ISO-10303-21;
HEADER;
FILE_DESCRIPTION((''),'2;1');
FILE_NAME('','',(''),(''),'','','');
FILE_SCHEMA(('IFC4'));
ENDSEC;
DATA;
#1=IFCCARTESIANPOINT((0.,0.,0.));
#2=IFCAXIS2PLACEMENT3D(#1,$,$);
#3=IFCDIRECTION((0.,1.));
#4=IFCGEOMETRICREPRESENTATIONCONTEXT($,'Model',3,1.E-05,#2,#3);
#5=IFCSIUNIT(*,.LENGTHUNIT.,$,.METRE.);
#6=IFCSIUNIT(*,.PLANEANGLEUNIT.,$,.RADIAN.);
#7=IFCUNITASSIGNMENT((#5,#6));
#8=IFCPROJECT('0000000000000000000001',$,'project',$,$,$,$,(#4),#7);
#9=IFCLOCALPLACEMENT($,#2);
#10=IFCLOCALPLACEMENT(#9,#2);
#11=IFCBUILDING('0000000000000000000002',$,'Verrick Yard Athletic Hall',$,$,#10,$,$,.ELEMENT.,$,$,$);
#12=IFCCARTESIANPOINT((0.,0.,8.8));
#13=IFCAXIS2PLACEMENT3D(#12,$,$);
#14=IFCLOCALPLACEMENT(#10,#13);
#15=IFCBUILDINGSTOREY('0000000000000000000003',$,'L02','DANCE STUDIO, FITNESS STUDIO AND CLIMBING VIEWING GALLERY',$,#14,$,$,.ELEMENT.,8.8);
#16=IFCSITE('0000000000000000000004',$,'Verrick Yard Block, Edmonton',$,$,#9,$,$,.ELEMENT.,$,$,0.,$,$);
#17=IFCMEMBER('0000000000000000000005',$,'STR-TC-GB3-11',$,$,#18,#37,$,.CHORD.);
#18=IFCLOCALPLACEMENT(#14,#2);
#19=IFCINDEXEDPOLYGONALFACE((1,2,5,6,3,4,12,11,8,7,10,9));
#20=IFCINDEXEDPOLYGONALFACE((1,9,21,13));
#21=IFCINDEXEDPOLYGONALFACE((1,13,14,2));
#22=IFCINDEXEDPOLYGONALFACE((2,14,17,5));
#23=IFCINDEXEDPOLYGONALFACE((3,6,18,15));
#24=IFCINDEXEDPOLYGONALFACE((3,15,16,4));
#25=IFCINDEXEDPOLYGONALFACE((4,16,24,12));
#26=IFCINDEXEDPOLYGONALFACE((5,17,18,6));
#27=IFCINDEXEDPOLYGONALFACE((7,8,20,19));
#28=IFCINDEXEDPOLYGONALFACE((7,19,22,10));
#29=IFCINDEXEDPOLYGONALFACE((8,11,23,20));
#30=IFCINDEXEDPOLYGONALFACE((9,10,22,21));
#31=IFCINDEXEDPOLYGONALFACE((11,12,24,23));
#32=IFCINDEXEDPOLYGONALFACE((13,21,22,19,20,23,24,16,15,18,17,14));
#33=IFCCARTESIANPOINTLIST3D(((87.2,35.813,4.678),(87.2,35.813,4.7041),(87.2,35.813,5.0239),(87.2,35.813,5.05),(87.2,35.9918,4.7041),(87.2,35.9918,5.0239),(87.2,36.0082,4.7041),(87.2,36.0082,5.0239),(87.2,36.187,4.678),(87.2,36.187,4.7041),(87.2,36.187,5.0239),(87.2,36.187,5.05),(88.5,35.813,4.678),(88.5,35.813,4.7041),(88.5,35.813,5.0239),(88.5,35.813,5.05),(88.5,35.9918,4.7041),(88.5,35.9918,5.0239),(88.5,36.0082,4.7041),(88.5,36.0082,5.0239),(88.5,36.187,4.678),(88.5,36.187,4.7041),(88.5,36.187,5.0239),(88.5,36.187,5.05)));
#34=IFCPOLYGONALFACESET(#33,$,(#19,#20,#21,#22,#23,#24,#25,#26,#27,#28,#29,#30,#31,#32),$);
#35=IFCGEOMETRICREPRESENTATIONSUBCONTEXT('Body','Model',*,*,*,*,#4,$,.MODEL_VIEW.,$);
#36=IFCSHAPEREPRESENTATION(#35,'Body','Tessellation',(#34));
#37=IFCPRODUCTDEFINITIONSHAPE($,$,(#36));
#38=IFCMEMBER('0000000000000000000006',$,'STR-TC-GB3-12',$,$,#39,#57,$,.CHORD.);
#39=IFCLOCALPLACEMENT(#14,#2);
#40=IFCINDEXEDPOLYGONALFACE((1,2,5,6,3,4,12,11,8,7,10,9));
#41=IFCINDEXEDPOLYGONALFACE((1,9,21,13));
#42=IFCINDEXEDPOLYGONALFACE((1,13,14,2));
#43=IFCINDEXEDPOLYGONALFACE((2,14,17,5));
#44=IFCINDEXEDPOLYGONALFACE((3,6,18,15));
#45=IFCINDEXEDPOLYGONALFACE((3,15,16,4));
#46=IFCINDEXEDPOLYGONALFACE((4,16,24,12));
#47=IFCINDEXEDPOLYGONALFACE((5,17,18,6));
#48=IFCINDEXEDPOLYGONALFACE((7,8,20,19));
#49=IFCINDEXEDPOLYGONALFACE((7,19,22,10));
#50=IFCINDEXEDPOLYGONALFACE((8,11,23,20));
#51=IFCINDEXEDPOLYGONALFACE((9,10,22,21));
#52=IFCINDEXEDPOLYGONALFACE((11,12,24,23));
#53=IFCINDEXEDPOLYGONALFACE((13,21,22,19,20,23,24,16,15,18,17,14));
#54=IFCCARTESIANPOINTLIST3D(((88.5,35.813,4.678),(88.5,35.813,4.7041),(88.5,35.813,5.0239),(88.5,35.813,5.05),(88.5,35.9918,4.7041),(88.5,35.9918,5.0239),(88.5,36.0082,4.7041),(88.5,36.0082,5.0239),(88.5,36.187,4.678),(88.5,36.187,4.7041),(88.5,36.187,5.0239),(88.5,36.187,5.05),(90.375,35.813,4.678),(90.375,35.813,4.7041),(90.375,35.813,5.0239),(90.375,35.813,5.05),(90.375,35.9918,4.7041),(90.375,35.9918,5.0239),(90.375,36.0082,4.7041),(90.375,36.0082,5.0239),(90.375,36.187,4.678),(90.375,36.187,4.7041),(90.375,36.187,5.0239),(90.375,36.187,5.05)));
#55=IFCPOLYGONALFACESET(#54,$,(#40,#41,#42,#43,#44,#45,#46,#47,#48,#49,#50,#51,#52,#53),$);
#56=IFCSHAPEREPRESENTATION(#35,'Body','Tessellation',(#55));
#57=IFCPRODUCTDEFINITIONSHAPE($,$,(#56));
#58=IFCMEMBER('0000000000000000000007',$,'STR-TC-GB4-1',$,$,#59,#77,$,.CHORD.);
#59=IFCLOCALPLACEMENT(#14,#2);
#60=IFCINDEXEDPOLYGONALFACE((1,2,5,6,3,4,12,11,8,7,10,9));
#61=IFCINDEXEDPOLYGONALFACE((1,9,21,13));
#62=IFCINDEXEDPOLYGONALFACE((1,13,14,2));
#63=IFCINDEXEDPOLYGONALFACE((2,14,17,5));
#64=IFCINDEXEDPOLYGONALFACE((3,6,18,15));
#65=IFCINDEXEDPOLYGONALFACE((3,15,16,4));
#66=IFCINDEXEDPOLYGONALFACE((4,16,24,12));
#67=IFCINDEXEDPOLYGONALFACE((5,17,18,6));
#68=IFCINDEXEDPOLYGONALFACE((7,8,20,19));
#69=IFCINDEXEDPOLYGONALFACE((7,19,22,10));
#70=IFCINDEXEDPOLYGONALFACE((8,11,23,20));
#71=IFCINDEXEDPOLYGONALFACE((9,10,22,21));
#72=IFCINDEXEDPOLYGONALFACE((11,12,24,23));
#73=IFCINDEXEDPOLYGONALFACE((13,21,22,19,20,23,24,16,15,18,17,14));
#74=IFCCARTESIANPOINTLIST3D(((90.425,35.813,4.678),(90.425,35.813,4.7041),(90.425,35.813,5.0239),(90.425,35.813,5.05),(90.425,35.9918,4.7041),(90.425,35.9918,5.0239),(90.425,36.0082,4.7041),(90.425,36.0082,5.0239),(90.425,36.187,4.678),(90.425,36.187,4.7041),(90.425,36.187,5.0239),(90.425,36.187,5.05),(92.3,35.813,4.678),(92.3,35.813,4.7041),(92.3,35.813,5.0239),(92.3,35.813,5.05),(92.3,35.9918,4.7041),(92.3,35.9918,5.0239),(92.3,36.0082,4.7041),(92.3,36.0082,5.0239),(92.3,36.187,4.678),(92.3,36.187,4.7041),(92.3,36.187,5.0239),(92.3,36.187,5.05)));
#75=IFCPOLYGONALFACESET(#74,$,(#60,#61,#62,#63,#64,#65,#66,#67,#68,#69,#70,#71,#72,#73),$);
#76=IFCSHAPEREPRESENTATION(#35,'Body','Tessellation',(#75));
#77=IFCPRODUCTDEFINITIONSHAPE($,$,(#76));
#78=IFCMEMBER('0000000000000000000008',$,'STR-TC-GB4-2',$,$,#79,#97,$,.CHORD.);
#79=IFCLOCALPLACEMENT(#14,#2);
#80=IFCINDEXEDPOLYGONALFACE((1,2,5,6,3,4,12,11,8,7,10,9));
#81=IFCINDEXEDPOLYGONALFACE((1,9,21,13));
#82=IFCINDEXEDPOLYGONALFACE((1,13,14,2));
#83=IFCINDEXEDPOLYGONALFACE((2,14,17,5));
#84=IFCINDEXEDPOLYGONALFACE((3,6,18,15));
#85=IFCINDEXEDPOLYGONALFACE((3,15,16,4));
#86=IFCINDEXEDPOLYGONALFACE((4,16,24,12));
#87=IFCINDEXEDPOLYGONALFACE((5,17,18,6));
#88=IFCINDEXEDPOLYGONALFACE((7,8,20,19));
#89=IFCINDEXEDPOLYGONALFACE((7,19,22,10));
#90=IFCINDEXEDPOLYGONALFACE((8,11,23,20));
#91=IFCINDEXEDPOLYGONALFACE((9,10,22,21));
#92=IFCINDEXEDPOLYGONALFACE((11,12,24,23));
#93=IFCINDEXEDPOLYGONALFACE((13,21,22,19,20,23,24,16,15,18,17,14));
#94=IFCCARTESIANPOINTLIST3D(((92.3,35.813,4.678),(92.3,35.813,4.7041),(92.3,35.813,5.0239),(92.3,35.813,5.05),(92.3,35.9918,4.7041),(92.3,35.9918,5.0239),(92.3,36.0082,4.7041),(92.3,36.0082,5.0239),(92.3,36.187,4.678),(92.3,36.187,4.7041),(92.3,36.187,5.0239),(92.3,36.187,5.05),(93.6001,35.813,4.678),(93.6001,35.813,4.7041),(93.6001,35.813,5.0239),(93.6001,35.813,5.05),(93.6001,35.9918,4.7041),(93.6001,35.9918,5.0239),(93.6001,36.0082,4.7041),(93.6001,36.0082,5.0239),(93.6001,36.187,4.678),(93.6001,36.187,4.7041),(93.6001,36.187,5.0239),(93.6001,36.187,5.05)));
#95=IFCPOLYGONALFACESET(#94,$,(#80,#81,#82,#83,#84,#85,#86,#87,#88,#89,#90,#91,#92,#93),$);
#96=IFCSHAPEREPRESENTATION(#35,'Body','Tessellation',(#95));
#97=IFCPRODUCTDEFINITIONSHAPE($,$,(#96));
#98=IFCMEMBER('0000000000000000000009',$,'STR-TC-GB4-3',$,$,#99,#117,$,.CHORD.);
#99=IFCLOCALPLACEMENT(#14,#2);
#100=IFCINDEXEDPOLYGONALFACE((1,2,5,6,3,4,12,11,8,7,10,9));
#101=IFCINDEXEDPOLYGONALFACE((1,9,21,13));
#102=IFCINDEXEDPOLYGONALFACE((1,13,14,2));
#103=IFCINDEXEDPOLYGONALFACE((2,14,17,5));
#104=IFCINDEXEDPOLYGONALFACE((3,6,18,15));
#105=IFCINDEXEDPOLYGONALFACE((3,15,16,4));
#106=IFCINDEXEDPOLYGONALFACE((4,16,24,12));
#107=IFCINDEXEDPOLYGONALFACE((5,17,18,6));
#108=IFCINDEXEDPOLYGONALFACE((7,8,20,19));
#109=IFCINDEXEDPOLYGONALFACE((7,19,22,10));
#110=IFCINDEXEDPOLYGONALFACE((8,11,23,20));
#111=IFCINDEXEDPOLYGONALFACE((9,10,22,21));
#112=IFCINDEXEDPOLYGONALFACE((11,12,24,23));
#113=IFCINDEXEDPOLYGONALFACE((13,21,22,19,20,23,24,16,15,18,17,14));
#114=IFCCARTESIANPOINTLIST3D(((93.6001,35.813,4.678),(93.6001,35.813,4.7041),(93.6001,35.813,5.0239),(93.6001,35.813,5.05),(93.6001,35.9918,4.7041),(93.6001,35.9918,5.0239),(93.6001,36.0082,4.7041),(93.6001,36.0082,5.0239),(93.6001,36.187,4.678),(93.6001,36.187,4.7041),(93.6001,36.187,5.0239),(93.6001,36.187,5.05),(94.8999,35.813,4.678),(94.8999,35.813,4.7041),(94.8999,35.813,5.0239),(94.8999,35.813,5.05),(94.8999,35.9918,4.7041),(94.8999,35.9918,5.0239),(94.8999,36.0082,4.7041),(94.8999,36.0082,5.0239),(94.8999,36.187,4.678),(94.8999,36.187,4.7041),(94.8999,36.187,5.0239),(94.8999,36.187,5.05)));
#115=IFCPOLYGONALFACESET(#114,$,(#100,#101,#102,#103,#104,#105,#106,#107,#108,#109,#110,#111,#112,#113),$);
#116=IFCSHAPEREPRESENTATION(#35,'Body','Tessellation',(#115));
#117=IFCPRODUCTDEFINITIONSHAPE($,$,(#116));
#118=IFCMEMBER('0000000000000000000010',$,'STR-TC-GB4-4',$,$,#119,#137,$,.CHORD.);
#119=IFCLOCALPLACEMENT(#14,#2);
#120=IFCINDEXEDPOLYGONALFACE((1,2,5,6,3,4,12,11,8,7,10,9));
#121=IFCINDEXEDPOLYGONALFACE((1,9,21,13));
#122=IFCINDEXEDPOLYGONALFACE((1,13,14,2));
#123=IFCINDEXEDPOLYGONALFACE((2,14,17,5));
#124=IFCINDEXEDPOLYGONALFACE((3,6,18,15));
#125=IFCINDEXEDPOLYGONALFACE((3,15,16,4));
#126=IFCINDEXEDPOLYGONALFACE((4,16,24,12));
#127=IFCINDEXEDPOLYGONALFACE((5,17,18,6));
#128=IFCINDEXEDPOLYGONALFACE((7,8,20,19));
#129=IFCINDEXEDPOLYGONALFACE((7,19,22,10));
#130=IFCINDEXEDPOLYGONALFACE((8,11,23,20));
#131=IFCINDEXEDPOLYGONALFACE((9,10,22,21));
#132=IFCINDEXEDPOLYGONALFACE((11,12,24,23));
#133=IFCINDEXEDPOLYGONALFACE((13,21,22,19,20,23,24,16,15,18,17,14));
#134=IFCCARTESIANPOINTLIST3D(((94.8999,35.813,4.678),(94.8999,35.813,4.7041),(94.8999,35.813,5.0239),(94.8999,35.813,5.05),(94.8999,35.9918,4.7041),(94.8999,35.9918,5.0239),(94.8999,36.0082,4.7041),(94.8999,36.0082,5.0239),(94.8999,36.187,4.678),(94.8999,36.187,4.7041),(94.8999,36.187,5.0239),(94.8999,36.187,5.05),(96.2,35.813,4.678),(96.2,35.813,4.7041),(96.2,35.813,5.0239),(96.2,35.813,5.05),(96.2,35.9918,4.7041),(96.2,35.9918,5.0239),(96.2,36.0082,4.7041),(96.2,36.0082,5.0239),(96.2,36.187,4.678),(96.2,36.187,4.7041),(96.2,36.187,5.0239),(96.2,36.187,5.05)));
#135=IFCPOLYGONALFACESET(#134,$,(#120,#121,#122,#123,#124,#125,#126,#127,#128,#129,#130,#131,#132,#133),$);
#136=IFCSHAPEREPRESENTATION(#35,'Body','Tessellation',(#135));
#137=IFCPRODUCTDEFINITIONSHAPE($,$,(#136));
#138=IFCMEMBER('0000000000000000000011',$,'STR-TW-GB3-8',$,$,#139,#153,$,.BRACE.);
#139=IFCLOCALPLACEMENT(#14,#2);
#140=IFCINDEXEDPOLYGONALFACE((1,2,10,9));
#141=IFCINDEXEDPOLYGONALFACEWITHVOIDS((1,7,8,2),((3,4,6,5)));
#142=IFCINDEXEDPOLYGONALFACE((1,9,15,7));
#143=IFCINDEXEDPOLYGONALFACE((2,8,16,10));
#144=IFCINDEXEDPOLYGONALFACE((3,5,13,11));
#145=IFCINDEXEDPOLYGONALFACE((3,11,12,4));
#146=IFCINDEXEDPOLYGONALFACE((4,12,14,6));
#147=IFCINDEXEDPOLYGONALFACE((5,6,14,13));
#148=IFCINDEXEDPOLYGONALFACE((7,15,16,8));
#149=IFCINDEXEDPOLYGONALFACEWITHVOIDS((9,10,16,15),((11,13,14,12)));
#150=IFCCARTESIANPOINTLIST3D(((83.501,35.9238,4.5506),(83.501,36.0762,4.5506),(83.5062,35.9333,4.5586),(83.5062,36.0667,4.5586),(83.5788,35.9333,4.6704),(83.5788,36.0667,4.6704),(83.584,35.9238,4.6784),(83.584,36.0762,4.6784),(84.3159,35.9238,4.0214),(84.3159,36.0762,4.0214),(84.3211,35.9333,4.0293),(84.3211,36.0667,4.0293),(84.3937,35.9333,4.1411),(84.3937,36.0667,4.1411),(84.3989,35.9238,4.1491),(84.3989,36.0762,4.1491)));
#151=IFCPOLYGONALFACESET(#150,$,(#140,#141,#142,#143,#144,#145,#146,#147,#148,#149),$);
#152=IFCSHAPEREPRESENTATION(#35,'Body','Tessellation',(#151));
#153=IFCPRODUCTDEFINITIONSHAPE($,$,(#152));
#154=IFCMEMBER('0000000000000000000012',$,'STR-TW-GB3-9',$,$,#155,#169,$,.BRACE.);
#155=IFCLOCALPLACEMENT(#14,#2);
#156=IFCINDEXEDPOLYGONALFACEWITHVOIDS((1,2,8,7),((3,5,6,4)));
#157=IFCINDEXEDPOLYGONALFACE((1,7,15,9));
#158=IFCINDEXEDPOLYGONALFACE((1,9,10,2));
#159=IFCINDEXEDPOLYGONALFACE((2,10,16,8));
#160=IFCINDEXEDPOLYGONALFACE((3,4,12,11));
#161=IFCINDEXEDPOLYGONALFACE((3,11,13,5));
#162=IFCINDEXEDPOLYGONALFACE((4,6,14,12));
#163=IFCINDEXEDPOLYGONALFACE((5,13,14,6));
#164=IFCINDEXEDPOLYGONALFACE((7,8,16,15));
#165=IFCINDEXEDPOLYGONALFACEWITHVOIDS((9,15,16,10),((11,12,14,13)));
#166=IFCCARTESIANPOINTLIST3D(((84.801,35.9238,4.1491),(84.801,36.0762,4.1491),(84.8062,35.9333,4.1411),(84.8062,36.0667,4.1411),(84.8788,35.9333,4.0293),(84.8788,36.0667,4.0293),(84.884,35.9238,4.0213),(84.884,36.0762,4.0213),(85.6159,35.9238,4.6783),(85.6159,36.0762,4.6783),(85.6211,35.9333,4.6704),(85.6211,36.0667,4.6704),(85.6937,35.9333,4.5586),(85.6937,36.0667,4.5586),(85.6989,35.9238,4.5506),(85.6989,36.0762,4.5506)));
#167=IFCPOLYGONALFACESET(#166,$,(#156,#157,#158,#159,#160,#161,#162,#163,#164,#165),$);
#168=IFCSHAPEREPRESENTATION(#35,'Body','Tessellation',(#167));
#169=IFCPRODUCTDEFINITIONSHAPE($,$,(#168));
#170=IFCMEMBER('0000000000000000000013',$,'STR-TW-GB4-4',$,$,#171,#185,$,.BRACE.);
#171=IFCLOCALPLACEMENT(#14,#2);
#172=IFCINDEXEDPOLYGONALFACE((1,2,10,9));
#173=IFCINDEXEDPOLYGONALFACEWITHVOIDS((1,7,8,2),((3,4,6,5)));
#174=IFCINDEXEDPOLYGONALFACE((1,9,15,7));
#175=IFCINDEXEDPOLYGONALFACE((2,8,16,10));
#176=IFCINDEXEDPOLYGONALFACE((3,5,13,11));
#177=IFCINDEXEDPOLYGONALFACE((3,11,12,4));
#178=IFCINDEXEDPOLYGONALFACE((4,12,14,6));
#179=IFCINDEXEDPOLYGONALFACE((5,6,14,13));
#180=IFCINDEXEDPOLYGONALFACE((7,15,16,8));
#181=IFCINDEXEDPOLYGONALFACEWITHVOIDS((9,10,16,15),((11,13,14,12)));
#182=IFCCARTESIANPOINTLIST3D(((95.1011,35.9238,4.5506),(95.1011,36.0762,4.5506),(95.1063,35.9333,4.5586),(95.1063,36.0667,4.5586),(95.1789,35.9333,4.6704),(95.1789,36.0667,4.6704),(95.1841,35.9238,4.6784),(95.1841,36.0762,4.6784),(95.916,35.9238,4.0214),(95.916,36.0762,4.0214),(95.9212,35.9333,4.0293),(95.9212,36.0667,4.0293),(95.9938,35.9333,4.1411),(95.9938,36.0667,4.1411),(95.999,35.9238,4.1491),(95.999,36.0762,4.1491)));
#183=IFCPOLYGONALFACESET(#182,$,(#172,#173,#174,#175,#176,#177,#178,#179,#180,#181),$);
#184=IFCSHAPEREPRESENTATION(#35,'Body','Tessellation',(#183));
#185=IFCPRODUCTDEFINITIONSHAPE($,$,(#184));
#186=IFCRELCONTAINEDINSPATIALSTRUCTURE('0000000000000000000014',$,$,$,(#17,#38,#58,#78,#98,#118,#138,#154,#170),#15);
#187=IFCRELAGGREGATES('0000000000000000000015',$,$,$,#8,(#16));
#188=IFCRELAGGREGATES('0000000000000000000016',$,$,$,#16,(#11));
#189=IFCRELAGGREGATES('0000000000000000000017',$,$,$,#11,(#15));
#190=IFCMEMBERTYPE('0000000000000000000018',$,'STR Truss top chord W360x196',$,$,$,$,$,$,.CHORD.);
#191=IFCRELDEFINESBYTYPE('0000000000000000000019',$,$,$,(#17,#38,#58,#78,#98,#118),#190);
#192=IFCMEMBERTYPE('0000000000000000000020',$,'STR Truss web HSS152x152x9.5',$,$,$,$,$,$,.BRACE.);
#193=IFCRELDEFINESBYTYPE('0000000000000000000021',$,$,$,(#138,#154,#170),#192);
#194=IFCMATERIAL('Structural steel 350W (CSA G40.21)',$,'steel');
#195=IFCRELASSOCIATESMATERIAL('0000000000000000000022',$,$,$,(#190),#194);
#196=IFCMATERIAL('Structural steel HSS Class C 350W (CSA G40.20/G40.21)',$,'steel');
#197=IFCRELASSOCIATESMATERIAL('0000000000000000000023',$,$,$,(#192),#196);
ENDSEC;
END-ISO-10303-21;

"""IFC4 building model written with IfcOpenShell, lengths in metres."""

from ifc_helpers import new_model, si_unit, direction, frame, origin, origin_2d, place, context, subcontext, project, spatial, hollow_rectangle, i_section, extrude, material, material_profile, profile_set, type_object, element, save


model = new_model("IFC4")

# Units and contexts
model_context = context("Model", 3, precision=1e-05, world=origin(), true_north=direction((0.0, 1.0)))
body_context = subcontext(model_context, "Body", "Model", "MODEL_VIEW")
ifc_project = project(units=[si_unit("LENGTHUNIT", "METRE"), si_unit("PLANEANGLEUNIT", "RADIAN")], contexts=[model_context])

# Site, building, storey
site_placement = place(None, origin())
site = spatial("IfcSite", under=ifc_project, at=site_placement, Name="Verrick Yard Block, Edmonton", CompositionType="ELEMENT", RefElevation=0.0)
building_placement = place(site_placement, origin())
building = spatial("IfcBuilding", under=site, at=building_placement, Name="Verrick Yard Athletic Hall", CompositionType="ELEMENT")
storey_placement = place(building_placement, frame((0.0, 0.0, 8.8)))
storey = spatial("IfcBuildingStorey", under=building, at=storey_placement, Name="L02", Description="DANCE STUDIO, FITNESS STUDIO AND CLIMBING VIEWING GALLERY", CompositionType="ELEMENT", Elevation=8.8)

# Shared definitions
ifc_material_1 = material(Name="Structural steel 350W (CSA G40.21)", Category="steel")

# Members
ifc_material_2 = material(Name="Structural steel HSS Class C 350W (CSA G40.20/G40.21)", Category="steel")
ifc_material_profile_1 = material_profile(ifc_material_1, i_section(OverallWidth=0.374, OverallDepth=0.3721, WebThickness=0.0164, FlangeThickness=0.0261, at=origin_2d()), Name="W360x196")
ifc_profile_set_1 = profile_set([ifc_material_profile_1], Name="Structural steel 350W (CSA G40.21)")
member_type_1 = type_object("IfcMemberType", Name="STR Truss top chord W360x196", PredefinedType="CHORD", material=ifc_profile_set_1)
for number, where, z_axis, x_axis, name in (
    (1, (87.2, 36.0, 4.864), (1.0, 0.0, 0.0), (0.0, 1.0, 0.0), "STR-TC-GB3-11"),
):
    element("IfcMember", number, at=place(storey_placement, frame(where, z_axis=z_axis, x_axis=x_axis)), inside=storey, type_object=member_type_1, Name=name, PredefinedType="CHORD", context=body_context, shape_type="SweptSolid", body=[
        extrude(i_section(OverallWidth=0.374, OverallDepth=0.3721, WebThickness=0.0164, FlangeThickness=0.0261, at=origin_2d()), origin(), (0.0, 0.0, 1.0), 1.3),
    ])
for number, where, z_axis, x_axis, name in (
    (2, (88.5, 36.0, 4.864), (1.0, 0.0, 0.0), (0.0, 1.0, 0.0), "STR-TC-GB3-12"),
    (3, (90.425, 36.0, 4.864), (1.0, 0.0, 0.0), (0.0, 1.0, 0.0), "STR-TC-GB4-1"),
):
    element("IfcMember", number, at=place(storey_placement, frame(where, z_axis=z_axis, x_axis=x_axis)), inside=storey, type_object=member_type_1, Name=name, PredefinedType="CHORD", context=body_context, shape_type="SweptSolid", body=[
        extrude(i_section(OverallWidth=0.374, OverallDepth=0.3721, WebThickness=0.0164, FlangeThickness=0.0261, at=origin_2d()), origin(), (0.0, 0.0, 1.0), 1.875),
    ])
member_1_placement = place(storey_placement, frame((92.3, 36.0, 4.864), z_axis=(1.0, 0.0, 0.0), x_axis=(0.0, 1.0, 0.0)))
element("IfcMember", 4, at=member_1_placement, inside=storey, type_object=member_type_1, Name="STR-TC-GB4-2", PredefinedType="CHORD", context=body_context, shape_type="SweptSolid", body=[
    extrude(i_section(OverallWidth=0.374, OverallDepth=0.3721, WebThickness=0.0164, FlangeThickness=0.0261, at=origin_2d()), origin(), (0.0, 0.0, 1.0), 1.3),
])
member_2_placement = place(storey_placement, frame((93.6001, 36.0, 4.864), z_axis=(1.0, 0.0, 0.0), x_axis=(0.0, 1.0, 0.0)))
element("IfcMember", 5, at=member_2_placement, inside=storey, type_object=member_type_1, Name="STR-TC-GB4-3", PredefinedType="CHORD", context=body_context, shape_type="SweptSolid", body=[
    extrude(i_section(OverallWidth=0.374, OverallDepth=0.3721, WebThickness=0.0164, FlangeThickness=0.0261, at=origin_2d()), origin(), (0.0, 0.0, 1.0), 1.2998),
])
member_3_placement = place(storey_placement, frame((94.8999, 36.0, 4.864), z_axis=(1.0, 0.0, 0.0), x_axis=(0.0, 1.0, 0.0)))
element("IfcMember", 6, at=member_3_placement, inside=storey, type_object=member_type_1, Name="STR-TC-GB4-4", PredefinedType="CHORD", context=body_context, shape_type="SweptSolid", body=[
    extrude(i_section(OverallWidth=0.374, OverallDepth=0.3721, WebThickness=0.0164, FlangeThickness=0.0261, at=origin_2d()), origin(), (0.0, 0.0, 1.0), 1.3),
])
ifc_material_profile_2 = material_profile(ifc_material_2, hollow_rectangle(XDim=0.1523, YDim=0.1523, WallThickness=0.0095, at=origin_2d()), Name="HSS152x152x9.5")
ifc_profile_set_2 = profile_set([ifc_material_profile_2], Name="Structural steel HSS Class C 350W (CSA G40.20/G40.21)")
member_type_2 = type_object("IfcMemberType", Name="STR Truss web HSS152x152x9.5", PredefinedType="BRACE", material=ifc_profile_set_2)
for number, where, z_axis, x_axis, name in (
    (7, (83.5425, 36.0, 4.6145), (0.838639, 0.0, -0.544688), (0.0, 1.0, 0.0), "STR-TW-GB3-8"),
    (8, (84.8425, 36.0, 4.0852), (0.838639, 0.0, 0.544688), (0.0, 1.0, 0.0), "STR-TW-GB3-9"),
    (9, (95.1426, 36.0, 4.6145), (0.838639, 0.0, -0.544688), (0.0, 1.0, 0.0), "STR-TW-GB4-4"),
):
    element("IfcMember", number, at=place(storey_placement, frame(where, z_axis=z_axis, x_axis=x_axis)), inside=storey, type_object=member_type_2, Name=name, PredefinedType="BRACE", context=body_context, shape_type="SweptSolid", body=[
        extrude(hollow_rectangle(XDim=0.1523, YDim=0.1523, WallThickness=0.0095, at=origin_2d()), origin(), (0.0, 0.0, 1.0), 0.9717),
    ])

save(model, "model.ifc")
